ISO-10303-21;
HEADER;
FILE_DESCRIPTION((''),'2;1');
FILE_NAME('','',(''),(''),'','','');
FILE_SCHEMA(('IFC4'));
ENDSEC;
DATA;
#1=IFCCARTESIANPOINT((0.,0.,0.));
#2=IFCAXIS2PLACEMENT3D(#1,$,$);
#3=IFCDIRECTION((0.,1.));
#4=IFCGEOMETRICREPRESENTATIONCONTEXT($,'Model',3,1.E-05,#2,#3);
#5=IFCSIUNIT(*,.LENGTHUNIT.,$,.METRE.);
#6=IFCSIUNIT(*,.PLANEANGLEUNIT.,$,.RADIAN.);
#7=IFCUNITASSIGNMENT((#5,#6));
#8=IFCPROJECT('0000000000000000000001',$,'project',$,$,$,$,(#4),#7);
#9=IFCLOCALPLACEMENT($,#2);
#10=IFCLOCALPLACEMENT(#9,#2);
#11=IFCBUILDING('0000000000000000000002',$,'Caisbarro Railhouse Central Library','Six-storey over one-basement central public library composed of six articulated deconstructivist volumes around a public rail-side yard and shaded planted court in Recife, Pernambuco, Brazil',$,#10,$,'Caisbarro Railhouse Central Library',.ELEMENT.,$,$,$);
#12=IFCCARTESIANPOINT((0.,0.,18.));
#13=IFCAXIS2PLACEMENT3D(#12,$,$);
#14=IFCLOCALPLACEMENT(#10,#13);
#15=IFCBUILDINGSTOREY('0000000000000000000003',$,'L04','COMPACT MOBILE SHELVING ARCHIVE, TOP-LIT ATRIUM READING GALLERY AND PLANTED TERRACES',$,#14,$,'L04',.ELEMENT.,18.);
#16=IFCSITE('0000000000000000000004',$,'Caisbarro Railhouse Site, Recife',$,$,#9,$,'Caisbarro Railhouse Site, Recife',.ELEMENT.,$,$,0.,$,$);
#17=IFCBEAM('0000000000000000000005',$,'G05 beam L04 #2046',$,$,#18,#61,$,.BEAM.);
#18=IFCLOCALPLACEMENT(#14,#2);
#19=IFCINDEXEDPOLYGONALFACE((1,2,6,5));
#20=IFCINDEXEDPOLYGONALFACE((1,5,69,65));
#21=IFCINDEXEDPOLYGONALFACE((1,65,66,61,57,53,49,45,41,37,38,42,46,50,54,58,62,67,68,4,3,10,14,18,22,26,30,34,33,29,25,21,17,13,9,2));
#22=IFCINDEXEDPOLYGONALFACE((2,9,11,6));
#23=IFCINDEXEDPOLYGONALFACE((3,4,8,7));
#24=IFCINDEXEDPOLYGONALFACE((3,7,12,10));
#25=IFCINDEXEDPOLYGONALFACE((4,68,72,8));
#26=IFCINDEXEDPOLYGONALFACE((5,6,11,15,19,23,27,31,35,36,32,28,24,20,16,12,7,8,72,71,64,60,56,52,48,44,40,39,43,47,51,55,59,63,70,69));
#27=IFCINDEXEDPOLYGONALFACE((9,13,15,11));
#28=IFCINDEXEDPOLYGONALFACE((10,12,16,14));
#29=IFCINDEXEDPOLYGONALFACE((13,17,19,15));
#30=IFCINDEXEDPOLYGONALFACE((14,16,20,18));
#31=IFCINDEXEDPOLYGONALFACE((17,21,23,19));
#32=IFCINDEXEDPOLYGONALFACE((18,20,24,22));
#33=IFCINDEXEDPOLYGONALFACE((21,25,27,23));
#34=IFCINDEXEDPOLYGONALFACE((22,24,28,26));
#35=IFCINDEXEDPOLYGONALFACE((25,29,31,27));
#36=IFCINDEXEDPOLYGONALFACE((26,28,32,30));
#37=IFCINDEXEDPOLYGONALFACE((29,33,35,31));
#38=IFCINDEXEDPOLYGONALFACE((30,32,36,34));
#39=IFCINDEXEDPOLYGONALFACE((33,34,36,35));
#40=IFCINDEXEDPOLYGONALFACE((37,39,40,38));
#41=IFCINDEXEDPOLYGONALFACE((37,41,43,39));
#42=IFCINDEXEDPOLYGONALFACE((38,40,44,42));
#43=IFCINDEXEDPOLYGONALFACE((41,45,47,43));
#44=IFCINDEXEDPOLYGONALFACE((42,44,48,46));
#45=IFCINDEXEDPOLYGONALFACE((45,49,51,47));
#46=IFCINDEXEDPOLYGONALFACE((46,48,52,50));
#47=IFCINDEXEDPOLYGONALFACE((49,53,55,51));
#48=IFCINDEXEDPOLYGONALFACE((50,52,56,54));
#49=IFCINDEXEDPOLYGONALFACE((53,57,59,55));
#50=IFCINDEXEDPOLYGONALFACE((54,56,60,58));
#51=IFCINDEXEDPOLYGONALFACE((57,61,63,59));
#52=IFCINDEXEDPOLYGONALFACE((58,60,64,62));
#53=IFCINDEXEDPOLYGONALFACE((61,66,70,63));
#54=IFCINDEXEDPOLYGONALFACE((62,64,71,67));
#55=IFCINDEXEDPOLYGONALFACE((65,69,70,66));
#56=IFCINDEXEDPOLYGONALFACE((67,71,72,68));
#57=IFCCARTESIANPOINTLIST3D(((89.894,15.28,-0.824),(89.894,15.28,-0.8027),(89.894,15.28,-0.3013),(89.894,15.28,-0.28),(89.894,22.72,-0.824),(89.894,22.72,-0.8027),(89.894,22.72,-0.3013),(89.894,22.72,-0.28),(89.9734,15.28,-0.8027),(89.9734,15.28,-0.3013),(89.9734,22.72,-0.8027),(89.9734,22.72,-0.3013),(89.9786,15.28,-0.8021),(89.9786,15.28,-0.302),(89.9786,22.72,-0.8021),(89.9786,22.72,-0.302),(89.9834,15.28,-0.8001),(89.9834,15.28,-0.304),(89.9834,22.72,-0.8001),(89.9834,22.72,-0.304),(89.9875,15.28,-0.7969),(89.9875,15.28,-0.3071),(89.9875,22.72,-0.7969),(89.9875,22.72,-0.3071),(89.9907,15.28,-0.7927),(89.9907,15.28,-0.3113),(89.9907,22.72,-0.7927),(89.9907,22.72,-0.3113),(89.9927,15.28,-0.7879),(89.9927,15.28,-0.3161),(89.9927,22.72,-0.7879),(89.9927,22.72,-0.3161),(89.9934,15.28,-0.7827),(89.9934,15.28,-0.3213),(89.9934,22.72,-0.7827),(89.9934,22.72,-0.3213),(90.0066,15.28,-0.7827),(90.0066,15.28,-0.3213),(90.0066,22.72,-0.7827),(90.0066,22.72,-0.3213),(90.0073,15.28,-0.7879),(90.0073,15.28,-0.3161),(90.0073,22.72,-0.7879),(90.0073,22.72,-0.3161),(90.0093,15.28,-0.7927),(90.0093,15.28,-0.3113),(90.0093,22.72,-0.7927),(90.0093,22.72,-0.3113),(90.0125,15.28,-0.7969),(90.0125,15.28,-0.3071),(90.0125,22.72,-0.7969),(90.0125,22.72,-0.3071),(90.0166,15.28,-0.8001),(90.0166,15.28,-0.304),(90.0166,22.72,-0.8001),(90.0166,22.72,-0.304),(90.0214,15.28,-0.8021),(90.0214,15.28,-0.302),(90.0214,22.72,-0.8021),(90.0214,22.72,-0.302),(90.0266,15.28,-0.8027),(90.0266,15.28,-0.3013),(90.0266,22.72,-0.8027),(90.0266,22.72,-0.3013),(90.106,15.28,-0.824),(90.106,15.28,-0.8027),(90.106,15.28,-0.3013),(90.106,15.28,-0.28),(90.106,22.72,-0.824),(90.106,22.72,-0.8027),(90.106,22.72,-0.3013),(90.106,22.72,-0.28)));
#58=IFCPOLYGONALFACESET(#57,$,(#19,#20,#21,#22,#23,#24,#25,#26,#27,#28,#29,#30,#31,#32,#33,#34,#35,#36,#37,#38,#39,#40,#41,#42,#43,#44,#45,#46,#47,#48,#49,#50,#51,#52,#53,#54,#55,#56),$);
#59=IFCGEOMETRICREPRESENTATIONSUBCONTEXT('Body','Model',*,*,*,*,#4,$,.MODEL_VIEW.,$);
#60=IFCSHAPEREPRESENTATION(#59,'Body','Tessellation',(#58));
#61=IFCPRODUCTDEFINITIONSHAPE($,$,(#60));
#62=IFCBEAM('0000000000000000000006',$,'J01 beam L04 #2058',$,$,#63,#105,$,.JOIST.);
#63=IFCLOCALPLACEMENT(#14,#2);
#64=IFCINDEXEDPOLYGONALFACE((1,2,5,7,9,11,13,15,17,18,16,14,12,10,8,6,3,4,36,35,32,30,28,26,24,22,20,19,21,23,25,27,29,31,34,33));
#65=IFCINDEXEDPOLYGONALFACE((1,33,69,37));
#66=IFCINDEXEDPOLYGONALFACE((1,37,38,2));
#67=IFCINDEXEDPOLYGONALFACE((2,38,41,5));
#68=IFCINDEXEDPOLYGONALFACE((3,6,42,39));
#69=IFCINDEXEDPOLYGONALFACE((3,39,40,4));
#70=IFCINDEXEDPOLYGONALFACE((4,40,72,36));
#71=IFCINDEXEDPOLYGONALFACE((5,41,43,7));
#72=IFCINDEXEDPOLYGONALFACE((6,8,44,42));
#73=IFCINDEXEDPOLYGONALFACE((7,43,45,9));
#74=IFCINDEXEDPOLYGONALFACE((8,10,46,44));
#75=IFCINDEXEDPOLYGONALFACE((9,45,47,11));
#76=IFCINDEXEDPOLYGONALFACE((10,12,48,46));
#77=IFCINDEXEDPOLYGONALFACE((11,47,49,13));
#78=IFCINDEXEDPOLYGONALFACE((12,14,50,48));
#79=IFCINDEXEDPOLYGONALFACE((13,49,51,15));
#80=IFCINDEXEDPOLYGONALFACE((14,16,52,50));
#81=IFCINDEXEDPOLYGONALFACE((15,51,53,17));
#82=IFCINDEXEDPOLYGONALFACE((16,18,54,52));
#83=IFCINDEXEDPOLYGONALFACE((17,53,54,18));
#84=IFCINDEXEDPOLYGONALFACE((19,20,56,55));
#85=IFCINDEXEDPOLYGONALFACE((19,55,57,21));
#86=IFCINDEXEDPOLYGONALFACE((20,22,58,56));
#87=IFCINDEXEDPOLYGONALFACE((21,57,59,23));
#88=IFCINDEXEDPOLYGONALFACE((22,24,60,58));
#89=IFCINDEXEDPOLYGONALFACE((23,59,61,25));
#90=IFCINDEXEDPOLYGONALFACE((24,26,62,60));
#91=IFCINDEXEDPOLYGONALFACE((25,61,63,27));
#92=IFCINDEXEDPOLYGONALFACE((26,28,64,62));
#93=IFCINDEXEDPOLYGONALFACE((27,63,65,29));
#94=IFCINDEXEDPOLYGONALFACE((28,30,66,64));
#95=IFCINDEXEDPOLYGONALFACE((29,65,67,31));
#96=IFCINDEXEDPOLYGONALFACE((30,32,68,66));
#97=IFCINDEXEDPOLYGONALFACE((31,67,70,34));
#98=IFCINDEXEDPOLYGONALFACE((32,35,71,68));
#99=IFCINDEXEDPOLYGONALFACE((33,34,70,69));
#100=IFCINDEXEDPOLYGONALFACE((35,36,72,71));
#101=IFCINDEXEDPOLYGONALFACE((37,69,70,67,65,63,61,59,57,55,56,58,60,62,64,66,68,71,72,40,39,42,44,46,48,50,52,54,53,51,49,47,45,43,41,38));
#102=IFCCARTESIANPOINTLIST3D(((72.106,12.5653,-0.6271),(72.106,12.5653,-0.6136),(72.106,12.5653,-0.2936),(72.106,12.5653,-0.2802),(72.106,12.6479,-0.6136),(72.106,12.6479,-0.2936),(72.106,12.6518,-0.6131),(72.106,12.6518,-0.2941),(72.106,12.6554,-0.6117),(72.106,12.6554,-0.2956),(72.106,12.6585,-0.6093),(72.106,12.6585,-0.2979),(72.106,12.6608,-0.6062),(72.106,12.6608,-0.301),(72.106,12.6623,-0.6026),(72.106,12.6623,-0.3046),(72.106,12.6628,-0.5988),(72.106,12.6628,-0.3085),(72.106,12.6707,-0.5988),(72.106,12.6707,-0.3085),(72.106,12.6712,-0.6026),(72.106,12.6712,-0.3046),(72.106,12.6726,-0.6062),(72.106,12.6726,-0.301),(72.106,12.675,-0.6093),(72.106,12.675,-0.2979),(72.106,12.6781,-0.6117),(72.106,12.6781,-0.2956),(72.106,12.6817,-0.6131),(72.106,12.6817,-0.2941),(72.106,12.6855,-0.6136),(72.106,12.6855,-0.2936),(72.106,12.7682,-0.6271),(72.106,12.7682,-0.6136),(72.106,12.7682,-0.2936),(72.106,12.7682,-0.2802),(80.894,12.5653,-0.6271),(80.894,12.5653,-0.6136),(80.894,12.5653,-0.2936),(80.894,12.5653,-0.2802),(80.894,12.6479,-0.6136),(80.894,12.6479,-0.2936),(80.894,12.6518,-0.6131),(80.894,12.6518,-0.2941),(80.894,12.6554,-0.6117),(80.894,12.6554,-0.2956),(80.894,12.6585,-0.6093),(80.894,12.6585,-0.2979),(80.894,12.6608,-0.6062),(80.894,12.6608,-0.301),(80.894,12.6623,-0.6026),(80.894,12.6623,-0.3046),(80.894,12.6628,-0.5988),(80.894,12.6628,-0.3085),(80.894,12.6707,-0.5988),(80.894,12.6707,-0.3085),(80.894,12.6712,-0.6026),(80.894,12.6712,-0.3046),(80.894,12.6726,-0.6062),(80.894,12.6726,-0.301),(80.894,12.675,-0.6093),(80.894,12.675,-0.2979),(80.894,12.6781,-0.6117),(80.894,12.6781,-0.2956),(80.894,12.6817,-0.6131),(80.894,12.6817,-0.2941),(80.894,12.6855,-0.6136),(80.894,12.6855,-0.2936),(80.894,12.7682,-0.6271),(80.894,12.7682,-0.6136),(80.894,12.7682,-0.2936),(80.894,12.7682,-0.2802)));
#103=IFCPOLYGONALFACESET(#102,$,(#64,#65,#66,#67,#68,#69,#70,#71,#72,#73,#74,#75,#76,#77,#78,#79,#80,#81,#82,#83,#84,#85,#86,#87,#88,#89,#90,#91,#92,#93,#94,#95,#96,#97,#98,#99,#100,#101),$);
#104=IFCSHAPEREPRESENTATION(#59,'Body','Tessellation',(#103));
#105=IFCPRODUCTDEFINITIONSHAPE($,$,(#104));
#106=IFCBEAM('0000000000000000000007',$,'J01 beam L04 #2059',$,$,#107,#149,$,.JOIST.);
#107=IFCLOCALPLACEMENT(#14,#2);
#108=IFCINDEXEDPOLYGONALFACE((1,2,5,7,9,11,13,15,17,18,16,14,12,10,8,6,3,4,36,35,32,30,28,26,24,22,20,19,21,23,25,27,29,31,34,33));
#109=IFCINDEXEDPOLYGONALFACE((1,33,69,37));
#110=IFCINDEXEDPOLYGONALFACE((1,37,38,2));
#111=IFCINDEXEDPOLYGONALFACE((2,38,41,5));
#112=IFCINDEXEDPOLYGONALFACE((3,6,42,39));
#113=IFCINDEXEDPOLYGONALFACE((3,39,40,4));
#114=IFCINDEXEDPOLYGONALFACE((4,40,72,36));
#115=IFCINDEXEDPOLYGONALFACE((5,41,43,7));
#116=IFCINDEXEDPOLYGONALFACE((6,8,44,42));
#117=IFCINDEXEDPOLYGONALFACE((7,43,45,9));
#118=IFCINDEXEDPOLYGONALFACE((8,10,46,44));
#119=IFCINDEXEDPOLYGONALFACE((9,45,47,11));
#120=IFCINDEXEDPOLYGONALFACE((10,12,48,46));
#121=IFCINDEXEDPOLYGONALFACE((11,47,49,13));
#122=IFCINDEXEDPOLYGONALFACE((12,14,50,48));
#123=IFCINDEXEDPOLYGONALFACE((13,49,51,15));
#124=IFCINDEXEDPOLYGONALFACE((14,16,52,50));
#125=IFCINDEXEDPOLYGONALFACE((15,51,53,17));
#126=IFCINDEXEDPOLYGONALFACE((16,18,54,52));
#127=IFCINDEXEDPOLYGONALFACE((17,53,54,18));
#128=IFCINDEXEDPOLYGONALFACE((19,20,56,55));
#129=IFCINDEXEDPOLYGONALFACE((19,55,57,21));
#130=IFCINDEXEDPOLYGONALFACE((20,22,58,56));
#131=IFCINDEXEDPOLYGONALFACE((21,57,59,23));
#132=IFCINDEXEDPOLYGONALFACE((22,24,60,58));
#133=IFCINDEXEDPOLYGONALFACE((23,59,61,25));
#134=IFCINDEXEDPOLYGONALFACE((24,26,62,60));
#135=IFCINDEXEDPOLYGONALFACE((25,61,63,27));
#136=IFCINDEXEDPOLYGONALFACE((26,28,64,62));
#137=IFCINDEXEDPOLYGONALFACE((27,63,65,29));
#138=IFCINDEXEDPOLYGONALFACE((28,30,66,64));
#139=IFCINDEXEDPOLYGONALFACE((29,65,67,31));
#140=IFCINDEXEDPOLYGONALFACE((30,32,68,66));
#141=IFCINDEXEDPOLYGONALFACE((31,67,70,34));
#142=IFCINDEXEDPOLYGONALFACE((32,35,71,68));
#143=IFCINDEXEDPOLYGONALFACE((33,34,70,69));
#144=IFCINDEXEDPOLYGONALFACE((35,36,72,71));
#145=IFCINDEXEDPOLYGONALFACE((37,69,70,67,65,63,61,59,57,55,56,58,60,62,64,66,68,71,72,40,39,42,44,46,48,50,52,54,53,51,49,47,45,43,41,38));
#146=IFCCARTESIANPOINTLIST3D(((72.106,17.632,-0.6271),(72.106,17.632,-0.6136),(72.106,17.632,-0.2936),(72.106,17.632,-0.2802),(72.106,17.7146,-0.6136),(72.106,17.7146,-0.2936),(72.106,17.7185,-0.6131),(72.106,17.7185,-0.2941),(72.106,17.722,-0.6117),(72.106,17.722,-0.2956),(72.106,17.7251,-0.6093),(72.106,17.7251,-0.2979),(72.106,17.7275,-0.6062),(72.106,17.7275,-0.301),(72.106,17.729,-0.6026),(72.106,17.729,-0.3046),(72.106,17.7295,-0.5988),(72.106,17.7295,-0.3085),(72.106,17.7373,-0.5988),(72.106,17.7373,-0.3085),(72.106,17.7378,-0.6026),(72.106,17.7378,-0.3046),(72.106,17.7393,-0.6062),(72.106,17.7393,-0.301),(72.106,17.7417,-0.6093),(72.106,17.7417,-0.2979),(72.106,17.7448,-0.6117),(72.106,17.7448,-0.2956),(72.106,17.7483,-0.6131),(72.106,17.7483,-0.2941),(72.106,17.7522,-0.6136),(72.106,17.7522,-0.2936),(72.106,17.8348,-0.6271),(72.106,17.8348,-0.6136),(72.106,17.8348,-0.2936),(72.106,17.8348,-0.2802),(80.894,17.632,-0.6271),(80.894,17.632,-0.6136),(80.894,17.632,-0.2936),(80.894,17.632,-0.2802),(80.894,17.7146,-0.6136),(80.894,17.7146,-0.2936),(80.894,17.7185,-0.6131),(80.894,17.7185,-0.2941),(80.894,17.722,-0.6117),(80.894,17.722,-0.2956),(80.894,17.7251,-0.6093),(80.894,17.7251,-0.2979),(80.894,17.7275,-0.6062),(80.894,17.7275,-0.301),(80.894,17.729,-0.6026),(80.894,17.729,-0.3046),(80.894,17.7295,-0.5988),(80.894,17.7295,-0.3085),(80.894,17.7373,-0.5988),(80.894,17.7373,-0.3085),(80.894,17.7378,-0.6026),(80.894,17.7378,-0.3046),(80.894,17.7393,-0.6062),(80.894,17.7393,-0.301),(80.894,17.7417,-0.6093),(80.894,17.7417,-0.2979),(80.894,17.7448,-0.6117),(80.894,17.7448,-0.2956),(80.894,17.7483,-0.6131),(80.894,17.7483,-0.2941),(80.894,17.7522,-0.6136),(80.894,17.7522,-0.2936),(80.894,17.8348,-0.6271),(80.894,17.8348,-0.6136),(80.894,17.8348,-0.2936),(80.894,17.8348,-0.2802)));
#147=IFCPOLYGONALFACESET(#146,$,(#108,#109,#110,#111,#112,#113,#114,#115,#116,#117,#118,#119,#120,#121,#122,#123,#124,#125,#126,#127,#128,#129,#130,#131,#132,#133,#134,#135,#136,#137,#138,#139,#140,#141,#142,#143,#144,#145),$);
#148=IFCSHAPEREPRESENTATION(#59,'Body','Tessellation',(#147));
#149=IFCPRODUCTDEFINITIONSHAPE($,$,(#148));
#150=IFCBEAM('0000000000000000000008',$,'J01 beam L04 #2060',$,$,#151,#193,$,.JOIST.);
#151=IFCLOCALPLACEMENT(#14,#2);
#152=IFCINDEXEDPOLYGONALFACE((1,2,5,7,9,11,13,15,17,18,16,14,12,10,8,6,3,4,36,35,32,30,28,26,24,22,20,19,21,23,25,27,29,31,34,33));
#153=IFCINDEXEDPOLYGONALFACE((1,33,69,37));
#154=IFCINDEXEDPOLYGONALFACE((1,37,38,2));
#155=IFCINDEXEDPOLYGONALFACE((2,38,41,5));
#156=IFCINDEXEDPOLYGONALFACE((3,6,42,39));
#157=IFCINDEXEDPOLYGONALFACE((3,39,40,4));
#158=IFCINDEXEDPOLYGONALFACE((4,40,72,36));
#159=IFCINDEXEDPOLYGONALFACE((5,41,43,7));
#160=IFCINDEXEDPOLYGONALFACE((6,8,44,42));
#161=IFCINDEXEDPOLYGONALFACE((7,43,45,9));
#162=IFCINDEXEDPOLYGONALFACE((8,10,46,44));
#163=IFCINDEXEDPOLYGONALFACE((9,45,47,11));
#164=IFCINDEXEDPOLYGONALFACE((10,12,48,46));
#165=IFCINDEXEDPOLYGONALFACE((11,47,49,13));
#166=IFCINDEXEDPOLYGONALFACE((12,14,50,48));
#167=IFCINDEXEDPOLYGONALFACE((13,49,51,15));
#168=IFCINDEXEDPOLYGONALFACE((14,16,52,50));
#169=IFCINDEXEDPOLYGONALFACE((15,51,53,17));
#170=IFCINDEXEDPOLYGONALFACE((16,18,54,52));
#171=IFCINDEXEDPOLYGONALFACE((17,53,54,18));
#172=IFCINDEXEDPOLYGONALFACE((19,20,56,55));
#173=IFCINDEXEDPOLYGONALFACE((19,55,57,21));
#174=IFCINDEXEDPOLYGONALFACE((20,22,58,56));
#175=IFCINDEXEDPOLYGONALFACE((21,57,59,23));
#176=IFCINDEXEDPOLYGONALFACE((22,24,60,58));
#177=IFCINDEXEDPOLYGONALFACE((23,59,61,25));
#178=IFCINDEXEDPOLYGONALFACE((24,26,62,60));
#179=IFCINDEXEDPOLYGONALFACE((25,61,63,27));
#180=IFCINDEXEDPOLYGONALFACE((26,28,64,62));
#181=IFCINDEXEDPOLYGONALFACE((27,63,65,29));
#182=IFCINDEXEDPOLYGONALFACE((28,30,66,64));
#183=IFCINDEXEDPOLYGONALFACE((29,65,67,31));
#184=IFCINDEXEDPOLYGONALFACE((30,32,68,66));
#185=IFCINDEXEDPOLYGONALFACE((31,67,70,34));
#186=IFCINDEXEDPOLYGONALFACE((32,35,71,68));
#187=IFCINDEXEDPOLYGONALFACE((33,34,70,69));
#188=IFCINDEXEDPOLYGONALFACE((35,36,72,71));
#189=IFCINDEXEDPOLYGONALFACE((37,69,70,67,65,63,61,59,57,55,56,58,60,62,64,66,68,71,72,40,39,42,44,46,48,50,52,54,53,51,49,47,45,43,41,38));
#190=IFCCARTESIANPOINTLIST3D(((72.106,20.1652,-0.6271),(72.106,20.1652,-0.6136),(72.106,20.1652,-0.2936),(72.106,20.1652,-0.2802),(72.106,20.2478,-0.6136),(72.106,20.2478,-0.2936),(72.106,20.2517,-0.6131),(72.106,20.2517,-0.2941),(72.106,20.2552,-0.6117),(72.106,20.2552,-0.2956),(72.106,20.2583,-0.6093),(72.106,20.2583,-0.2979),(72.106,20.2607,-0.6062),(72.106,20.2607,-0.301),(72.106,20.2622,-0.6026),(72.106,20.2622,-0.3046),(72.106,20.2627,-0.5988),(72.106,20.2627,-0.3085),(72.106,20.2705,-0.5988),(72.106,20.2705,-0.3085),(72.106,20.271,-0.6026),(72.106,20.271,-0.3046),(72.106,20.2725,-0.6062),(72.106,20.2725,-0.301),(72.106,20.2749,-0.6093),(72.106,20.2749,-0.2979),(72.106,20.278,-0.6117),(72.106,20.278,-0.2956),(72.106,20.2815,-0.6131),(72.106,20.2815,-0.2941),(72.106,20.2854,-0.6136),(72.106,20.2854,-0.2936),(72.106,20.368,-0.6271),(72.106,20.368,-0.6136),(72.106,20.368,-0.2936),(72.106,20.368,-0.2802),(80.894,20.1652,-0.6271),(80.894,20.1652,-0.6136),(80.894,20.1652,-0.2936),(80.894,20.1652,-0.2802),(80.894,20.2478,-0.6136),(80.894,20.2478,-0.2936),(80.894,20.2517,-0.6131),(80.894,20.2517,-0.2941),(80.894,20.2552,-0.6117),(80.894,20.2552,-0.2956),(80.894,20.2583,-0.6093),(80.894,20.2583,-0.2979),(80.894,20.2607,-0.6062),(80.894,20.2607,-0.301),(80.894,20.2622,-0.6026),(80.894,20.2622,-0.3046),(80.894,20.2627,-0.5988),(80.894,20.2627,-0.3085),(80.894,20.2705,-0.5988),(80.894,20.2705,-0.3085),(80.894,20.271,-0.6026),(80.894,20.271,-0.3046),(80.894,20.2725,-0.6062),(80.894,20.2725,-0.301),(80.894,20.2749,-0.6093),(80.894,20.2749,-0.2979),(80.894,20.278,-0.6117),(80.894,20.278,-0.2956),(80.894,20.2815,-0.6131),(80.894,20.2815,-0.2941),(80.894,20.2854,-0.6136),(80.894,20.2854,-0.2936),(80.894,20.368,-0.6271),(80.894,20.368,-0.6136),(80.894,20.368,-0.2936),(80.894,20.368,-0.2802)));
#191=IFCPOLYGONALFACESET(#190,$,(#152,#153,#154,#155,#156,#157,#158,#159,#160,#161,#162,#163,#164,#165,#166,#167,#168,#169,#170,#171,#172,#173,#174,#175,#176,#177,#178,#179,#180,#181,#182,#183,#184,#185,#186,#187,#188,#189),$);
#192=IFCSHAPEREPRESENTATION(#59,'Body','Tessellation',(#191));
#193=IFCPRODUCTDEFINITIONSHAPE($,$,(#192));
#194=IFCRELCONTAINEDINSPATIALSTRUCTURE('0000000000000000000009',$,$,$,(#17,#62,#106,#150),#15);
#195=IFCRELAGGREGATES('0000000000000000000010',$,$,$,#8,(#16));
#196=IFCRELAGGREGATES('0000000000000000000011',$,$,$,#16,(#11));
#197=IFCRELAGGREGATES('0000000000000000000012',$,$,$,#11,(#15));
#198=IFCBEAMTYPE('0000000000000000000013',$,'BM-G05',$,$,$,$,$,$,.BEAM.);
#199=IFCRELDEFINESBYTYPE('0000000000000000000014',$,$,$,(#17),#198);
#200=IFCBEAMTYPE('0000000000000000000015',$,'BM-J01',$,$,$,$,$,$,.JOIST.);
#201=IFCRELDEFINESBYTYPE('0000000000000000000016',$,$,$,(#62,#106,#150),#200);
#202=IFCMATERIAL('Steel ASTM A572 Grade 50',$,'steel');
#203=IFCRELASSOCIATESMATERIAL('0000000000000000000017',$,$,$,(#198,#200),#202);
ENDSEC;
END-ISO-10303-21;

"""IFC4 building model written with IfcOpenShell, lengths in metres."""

from ifc_helpers import new_model, si_unit, direction, frame, origin, origin_2d, place, context, subcontext, project, spatial, i_section, extrude, material, material_profile, profile_set, type_object, element, save


model = new_model("IFC4")

# Units and contexts
model_context = context("Model", 3, precision=1e-05, world=origin(), true_north=direction((0.0, 1.0)))
body_context = subcontext(model_context, "Body", "Model", "MODEL_VIEW")
ifc_project = project(units=[si_unit("LENGTHUNIT", "METRE"), si_unit("PLANEANGLEUNIT", "RADIAN")], contexts=[model_context])

# Site, building, storey
site_placement = place(None, origin())
site = spatial("IfcSite", under=ifc_project, at=site_placement, Name="Caisbarro Railhouse Site, Recife", LongName="Caisbarro Railhouse Site, Recife", CompositionType="ELEMENT", RefElevation=0.0)
building_placement = place(site_placement, origin())
building = spatial("IfcBuilding", under=site, at=building_placement, Name="Caisbarro Railhouse Central Library", Description="Six-storey over one-basement central public library composed of six articulated deconstructivist volumes around a public rail-side yard and shaded planted court in Recife, Pernambuco, Brazil", LongName="Caisbarro Railhouse Central Library", CompositionType="ELEMENT")
storey_placement = place(building_placement, frame((0.0, 0.0, 18.0)))
storey = spatial("IfcBuildingStorey", under=building, at=storey_placement, Name="L04", Description="COMPACT MOBILE SHELVING ARCHIVE, TOP-LIT ATRIUM READING GALLERY AND PLANTED TERRACES", LongName="L04", CompositionType="ELEMENT", Elevation=18.0)

# Shared definitions
ifc_material_1 = material(Name="Steel ASTM A572 Grade 50", Category="steel")

# Beams
ifc_material_profile_1 = material_profile(ifc_material_1, i_section(OverallWidth=0.2119, OverallDepth=0.5439, WebThickness=0.0132, FlangeThickness=0.0212, FilletRadius=0.02, at=origin_2d()), Name="W530X123.0")
ifc_profile_set_1 = profile_set([ifc_material_profile_1], Name="Steel ASTM A572 Grade 50")
beam_type_1 = type_object("IfcBeamType", Name="BM-G05", PredefinedType="BEAM", material=ifc_profile_set_1)
for number, where, z_axis, x_axis, name in (
    (1, (90.0, 15.28, -0.552), (0.0, 1.0, 0.0), (-1.0, 0.0, 0.0), "G05 beam L04 #2046"),
):
    element("IfcBeam", number, at=place(storey_placement, frame(where, z_axis=z_axis, x_axis=x_axis)), inside=storey, type_object=beam_type_1, Name=name, PredefinedType="BEAM", context=body_context, shape_type="SweptSolid", body=[
        extrude(i_section(OverallWidth=0.2119, OverallDepth=0.5439, WebThickness=0.0132, FlangeThickness=0.0212, FilletRadius=0.02, at=origin_2d()), origin(), (0.0, 0.0, 1.0), 7.4399),
    ])
ifc_material_profile_2 = material_profile(ifc_material_1, i_section(OverallWidth=0.2029, OverallDepth=0.3469, WebThickness=0.0078, FlangeThickness=0.0134, FilletRadius=0.0149, at=origin_2d()), Name="W360X64.0")
ifc_profile_set_2 = profile_set([ifc_material_profile_2], Name="Steel ASTM A572 Grade 50")
beam_type_2 = type_object("IfcBeamType", Name="BM-J01", PredefinedType="JOIST", material=ifc_profile_set_2)
for number, where, z_axis, x_axis, name in (
    (2, (72.106, 12.6667, -0.4536), (1.0, 0.0, 0.0), (0.0, 1.0, 0.0), "J01 beam L04 #2058"),
    (3, (72.106, 17.7334, -0.4536), (1.0, 0.0, 0.0), (0.0, 1.0, 0.0), "J01 beam L04 #2059"),
    (4, (72.106, 20.2666, -0.4536), (1.0, 0.0, 0.0), (0.0, 1.0, 0.0), "J01 beam L04 #2060"),
):
    element("IfcBeam", number, at=place(storey_placement, frame(where, z_axis=z_axis, x_axis=x_axis)), inside=storey, type_object=beam_type_2, Name=name, PredefinedType="JOIST", context=body_context, shape_type="SweptSolid", body=[
        extrude(i_section(OverallWidth=0.2029, OverallDepth=0.3469, WebThickness=0.0078, FlangeThickness=0.0134, FilletRadius=0.0149, at=origin_2d()), origin(), (0.0, 0.0, 1.0), 8.7881),
    ])

save(model, "model.ifc")
